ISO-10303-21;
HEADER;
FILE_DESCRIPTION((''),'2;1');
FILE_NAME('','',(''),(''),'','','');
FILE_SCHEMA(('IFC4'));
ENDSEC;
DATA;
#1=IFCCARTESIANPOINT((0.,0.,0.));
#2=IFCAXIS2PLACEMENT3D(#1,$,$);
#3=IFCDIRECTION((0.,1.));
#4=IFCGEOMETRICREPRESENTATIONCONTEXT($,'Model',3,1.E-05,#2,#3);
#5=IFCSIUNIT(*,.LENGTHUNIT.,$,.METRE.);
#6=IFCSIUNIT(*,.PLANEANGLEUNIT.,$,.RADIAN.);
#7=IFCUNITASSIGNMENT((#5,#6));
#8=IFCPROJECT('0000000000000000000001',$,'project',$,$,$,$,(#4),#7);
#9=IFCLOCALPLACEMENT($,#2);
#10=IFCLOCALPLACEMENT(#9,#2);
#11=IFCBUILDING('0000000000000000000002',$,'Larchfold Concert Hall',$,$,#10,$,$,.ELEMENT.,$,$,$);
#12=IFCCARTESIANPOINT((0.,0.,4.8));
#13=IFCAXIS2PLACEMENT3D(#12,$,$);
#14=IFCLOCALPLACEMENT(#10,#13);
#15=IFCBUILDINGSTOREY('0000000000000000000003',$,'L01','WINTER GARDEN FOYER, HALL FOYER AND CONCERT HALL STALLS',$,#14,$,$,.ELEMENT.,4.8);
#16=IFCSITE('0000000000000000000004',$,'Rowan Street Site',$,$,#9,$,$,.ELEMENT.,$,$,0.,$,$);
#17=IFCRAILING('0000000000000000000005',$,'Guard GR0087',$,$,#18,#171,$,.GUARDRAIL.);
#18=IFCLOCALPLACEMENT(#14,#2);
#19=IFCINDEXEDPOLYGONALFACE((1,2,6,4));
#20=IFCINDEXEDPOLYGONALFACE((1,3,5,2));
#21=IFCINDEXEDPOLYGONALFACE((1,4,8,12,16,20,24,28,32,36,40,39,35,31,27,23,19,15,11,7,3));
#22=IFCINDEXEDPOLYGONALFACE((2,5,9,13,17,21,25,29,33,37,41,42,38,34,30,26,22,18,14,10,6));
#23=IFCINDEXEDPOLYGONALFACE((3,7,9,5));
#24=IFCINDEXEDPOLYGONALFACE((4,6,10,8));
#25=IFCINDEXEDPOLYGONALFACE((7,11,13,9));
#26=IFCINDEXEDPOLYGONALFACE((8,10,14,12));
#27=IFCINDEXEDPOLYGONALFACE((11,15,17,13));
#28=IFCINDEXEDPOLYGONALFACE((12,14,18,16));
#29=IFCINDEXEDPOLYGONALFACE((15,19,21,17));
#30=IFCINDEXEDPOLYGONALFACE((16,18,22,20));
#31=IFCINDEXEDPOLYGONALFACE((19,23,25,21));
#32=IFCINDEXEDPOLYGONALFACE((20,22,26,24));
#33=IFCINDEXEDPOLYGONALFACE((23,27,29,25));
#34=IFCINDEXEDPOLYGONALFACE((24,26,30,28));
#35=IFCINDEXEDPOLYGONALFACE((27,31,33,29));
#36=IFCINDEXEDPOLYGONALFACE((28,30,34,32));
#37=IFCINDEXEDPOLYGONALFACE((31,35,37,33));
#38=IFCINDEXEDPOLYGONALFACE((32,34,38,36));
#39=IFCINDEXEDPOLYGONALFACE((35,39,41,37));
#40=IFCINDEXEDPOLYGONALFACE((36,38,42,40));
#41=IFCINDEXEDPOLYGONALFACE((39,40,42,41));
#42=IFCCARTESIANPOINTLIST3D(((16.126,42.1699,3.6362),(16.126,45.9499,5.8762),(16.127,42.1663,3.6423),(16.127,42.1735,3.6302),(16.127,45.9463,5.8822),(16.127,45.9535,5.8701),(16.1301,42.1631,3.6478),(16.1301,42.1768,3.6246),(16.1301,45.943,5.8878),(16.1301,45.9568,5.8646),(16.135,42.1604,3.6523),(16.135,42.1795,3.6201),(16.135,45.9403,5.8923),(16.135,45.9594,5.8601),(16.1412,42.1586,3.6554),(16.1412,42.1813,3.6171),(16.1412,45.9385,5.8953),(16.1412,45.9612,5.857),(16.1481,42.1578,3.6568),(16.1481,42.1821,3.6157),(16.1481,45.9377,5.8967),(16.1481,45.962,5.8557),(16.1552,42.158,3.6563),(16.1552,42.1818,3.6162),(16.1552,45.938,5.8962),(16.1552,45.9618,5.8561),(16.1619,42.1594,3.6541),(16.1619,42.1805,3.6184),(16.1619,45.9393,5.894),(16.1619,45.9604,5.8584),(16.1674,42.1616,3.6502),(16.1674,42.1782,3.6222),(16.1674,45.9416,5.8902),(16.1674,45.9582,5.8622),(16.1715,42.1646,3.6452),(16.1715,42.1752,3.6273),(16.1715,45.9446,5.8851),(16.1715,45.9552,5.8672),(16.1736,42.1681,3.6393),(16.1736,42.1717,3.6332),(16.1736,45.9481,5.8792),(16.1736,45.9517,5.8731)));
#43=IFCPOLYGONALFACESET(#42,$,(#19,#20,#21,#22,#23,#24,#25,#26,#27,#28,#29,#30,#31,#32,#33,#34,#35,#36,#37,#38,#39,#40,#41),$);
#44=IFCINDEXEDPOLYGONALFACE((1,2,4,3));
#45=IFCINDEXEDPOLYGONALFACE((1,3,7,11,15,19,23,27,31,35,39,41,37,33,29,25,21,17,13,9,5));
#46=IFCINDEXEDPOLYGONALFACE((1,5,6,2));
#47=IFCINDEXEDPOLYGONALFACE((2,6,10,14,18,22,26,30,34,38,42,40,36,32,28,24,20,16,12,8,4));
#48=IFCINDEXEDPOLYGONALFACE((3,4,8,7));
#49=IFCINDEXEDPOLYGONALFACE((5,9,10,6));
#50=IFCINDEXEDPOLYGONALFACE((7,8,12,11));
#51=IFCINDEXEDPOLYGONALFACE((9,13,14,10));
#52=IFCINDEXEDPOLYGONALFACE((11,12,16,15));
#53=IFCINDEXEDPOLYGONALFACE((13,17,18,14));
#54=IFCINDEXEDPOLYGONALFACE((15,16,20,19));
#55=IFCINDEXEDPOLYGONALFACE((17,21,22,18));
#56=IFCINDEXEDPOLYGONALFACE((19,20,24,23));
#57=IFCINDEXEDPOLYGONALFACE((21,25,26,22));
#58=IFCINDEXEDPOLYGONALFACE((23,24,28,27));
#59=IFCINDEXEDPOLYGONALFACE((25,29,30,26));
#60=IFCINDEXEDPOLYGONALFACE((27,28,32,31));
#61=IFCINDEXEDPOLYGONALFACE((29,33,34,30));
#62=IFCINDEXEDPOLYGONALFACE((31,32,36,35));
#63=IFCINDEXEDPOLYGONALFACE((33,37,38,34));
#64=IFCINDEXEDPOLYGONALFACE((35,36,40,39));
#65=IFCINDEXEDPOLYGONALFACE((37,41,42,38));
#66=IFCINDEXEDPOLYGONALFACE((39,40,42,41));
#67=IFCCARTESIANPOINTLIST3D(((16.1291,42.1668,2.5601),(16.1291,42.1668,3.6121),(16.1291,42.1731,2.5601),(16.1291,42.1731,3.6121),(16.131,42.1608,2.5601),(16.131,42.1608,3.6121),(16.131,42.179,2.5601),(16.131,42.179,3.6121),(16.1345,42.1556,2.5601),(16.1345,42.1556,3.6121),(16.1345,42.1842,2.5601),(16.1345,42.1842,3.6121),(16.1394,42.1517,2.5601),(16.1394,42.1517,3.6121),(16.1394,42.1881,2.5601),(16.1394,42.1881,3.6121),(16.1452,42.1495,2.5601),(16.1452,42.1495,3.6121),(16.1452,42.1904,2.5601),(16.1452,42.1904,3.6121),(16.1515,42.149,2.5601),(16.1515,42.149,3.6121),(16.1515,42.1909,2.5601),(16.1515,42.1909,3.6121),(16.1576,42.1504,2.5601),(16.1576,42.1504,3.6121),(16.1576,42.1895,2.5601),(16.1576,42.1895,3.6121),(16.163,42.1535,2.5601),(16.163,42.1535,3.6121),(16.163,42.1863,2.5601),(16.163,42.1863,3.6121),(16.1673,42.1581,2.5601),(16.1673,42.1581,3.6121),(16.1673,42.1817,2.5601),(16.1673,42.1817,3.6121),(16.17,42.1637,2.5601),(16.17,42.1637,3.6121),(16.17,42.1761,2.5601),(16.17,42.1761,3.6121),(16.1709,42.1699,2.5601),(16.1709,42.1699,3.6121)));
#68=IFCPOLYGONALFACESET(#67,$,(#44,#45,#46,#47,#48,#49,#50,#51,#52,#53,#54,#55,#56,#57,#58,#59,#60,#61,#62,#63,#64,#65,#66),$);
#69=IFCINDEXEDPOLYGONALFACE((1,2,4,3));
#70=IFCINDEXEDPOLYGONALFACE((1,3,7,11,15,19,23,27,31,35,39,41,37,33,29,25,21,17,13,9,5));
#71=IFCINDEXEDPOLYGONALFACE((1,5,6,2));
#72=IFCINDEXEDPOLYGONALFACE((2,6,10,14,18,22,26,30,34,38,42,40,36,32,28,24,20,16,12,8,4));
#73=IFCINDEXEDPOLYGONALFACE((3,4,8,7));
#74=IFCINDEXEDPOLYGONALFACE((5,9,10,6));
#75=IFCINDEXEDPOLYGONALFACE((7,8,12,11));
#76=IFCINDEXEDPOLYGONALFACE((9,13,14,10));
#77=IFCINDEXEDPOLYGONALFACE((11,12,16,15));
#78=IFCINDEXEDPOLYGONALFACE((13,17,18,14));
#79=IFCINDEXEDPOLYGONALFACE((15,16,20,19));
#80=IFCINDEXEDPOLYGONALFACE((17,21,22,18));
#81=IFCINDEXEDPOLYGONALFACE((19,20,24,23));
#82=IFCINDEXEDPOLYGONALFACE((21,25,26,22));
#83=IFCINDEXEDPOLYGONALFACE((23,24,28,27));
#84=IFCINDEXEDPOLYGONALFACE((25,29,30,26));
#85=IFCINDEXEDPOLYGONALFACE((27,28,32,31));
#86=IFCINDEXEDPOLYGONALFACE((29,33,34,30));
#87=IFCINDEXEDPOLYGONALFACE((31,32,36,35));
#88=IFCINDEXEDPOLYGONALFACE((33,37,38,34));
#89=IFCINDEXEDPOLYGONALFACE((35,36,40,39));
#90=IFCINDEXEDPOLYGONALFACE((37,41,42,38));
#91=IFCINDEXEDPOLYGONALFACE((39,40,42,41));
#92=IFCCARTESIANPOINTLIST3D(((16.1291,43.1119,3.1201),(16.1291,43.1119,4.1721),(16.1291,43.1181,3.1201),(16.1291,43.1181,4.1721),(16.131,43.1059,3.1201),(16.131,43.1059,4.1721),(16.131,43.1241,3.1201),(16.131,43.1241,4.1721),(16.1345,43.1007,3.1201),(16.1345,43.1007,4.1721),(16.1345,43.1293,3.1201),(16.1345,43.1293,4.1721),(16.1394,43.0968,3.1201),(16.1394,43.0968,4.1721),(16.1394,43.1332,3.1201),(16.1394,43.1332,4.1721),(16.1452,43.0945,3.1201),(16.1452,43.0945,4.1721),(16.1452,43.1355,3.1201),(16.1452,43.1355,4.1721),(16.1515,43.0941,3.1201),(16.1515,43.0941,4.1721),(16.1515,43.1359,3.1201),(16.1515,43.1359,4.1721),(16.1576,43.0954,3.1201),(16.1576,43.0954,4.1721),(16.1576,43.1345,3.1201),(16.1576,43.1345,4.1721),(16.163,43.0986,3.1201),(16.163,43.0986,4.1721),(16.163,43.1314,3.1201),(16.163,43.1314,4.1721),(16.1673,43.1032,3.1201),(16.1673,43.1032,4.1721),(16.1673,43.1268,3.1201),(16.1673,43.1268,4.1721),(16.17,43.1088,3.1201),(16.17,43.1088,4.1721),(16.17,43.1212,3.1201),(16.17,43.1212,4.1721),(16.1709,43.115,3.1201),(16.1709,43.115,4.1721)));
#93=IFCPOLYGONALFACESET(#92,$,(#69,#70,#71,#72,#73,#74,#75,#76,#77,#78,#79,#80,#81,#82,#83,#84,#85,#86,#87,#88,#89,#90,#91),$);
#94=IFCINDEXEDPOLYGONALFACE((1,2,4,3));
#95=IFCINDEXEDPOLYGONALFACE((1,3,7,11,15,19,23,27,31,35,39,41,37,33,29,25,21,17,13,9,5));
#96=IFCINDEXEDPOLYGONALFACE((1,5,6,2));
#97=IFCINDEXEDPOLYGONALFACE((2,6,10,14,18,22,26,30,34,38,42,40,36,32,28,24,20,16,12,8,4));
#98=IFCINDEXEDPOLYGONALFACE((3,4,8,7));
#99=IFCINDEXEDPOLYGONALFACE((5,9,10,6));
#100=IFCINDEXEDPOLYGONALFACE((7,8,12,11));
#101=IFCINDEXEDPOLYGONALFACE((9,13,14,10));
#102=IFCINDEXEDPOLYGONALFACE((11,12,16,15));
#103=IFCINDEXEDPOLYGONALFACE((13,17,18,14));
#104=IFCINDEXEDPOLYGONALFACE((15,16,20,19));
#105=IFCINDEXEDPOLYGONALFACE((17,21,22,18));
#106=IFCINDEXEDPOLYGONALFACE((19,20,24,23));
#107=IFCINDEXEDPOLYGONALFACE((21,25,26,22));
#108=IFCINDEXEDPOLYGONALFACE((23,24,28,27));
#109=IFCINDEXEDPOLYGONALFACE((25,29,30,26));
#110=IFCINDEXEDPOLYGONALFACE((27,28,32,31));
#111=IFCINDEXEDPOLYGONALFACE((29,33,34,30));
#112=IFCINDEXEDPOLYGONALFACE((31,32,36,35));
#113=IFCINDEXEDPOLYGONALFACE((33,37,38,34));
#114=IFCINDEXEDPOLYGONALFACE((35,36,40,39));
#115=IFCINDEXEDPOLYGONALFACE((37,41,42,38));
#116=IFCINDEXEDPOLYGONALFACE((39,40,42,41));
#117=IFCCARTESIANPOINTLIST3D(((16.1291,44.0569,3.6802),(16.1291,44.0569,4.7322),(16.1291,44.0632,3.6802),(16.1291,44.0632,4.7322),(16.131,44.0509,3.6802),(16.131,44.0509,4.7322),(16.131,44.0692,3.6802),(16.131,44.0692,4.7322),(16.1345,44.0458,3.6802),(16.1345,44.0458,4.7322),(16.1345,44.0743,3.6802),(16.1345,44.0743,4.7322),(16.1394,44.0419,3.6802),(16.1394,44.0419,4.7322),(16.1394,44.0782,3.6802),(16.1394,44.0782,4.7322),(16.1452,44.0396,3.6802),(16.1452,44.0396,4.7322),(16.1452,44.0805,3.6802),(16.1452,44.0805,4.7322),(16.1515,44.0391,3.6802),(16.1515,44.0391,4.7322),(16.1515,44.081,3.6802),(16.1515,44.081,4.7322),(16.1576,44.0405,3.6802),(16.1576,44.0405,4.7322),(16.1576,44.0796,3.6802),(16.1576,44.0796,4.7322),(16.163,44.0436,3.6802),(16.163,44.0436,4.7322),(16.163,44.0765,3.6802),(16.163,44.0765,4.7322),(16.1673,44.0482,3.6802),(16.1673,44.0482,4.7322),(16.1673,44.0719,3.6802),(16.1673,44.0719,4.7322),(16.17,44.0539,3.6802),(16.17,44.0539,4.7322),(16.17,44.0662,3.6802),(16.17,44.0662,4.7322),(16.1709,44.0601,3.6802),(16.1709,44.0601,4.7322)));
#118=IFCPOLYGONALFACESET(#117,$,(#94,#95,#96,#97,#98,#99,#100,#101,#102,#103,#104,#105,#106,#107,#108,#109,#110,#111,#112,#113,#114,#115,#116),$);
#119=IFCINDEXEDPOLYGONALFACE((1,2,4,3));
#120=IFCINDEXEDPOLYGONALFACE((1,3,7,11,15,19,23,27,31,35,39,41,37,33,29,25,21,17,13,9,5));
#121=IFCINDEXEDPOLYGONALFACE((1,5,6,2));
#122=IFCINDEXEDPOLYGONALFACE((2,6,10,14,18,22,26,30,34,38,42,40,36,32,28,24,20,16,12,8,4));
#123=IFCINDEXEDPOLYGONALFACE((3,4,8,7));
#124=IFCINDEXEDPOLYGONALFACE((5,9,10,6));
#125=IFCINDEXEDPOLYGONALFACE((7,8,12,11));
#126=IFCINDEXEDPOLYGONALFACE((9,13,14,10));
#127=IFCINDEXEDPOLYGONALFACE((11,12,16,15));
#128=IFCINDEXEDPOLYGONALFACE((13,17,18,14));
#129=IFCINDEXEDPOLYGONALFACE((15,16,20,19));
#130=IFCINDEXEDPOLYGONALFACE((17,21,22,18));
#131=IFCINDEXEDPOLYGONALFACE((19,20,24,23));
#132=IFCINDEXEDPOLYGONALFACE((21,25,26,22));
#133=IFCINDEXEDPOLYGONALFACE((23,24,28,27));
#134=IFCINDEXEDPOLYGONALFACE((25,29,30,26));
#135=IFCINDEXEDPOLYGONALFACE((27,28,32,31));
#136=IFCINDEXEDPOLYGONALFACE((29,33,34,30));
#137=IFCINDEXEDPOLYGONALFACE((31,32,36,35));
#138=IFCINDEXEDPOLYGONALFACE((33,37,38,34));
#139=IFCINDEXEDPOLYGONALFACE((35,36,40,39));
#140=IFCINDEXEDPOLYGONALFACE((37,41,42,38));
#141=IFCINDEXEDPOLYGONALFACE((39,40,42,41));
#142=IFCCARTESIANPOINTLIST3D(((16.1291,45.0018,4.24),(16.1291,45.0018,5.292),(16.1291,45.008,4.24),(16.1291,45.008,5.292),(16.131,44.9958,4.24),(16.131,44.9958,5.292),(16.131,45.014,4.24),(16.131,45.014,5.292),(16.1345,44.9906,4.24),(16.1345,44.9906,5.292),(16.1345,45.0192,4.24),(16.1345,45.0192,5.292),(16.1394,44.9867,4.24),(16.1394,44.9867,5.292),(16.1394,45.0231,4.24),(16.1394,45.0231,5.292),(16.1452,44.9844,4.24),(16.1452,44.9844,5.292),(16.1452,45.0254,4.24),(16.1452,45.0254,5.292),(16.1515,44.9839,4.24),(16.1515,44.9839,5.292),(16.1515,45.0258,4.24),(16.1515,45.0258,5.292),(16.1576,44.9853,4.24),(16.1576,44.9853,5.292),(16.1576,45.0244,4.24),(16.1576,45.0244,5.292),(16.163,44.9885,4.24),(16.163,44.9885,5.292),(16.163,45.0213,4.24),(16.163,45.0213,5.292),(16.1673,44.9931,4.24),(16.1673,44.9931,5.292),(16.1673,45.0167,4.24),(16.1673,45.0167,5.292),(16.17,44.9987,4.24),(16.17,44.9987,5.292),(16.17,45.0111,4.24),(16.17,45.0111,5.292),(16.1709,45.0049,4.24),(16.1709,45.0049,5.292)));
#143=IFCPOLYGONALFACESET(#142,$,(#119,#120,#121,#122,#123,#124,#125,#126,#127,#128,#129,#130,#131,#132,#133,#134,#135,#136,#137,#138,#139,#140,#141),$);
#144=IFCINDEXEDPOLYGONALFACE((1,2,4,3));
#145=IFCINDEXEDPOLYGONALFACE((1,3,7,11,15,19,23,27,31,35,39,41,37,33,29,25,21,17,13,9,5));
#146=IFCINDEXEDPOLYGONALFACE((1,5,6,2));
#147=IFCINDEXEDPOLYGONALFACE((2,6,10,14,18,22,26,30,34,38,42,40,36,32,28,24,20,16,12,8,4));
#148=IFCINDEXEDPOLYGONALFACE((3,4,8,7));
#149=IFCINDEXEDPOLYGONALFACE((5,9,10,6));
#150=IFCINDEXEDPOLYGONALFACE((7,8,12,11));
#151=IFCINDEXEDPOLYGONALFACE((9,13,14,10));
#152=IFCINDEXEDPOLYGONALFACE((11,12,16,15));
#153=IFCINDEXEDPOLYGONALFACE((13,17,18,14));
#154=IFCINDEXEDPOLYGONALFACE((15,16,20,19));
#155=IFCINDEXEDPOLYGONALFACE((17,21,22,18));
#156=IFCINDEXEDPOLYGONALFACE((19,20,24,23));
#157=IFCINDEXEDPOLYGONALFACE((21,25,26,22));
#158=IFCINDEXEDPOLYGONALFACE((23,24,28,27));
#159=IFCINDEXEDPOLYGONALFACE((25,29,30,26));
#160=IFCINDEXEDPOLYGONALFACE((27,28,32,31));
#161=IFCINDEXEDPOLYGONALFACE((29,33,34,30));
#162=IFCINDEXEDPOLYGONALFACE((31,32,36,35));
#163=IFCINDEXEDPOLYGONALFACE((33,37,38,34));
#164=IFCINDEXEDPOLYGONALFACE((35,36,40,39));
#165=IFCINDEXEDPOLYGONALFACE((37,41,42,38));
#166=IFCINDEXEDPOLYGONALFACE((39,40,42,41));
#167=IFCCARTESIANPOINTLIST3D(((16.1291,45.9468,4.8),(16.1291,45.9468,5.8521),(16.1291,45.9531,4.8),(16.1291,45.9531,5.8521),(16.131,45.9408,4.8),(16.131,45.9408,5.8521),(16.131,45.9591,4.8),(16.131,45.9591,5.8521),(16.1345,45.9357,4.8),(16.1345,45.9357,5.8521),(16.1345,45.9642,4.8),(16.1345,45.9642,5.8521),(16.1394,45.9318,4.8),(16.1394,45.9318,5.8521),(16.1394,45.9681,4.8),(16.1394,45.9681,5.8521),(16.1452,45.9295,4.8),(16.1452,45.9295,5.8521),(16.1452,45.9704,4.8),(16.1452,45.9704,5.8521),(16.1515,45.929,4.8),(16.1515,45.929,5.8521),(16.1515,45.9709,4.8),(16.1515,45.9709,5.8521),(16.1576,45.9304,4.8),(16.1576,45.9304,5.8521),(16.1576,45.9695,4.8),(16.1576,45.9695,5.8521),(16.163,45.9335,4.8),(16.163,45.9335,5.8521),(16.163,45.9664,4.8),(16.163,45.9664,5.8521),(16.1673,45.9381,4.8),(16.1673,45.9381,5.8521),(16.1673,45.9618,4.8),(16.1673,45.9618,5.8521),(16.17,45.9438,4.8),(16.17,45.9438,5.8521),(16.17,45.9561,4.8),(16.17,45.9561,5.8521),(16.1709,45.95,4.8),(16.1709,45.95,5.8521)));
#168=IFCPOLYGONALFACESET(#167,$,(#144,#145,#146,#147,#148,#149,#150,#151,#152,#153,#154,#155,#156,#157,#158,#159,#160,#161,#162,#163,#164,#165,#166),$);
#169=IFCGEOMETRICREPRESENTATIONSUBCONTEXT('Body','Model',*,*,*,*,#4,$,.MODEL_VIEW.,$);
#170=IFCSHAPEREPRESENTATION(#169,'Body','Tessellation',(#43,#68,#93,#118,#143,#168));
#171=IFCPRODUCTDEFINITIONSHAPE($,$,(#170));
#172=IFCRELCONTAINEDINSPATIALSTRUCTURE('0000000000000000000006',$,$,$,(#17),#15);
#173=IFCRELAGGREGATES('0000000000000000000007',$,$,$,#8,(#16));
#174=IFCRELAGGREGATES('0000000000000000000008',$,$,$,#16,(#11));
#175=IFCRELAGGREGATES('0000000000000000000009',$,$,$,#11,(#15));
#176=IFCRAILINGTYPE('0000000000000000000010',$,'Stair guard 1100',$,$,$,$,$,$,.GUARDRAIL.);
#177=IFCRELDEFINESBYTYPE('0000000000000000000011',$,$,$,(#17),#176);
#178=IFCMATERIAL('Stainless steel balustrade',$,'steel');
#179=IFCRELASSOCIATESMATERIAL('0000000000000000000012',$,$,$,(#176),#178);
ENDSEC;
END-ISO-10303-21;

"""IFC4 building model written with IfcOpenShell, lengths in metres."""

from ifc_helpers import new_model, si_unit, direction, frame, origin, origin_2d, place, context, subcontext, project, spatial, circle, extrude, material, type_object, element, save


model = new_model("IFC4")

# Units and contexts
model_context = context("Model", 3, precision=1e-05, world=origin(), true_north=direction((0.0, 1.0)))
body_context = subcontext(model_context, "Body", "Model", "MODEL_VIEW")
ifc_project = project(units=[si_unit("LENGTHUNIT", "METRE"), si_unit("PLANEANGLEUNIT", "RADIAN")], contexts=[model_context])

# Site, building, storey
site_placement = place(None, origin())
site = spatial("IfcSite", under=ifc_project, at=site_placement, Name="Rowan Street Site", CompositionType="ELEMENT", RefElevation=0.0)
building_placement = place(site_placement, origin())
building = spatial("IfcBuilding", under=site, at=building_placement, Name="Larchfold Concert Hall", CompositionType="ELEMENT")
storey_placement = place(building_placement, frame((0.0, 0.0, 4.8)))
storey = spatial("IfcBuildingStorey", under=building, at=storey_placement, Name="L01", Description="WINTER GARDEN FOYER, HALL FOYER AND CONCERT HALL STALLS", CompositionType="ELEMENT", Elevation=4.8)

# Railing
ifc_material_1 = material(Name="Stainless steel balustrade", Category="steel")
railing_type_1 = type_object("IfcRailingType", Name="Stair guard 1100", PredefinedType="GUARDRAIL", material=ifc_material_1)
railing_1_placement = place(storey_placement, frame((16.1499, 42.1699, 2.5601)))
element("IfcRailing", 1, at=railing_1_placement, inside=storey, type_object=railing_type_1, Name="Guard GR0087", PredefinedType="GUARDRAIL", context=body_context, shape_type="SweptSolid", body=[
    extrude(circle(Radius=0.0239, at=origin_2d()), frame((0.0, 0.0, 1.0762), z_axis=(0.0, 0.860294, 0.509798), x_axis=(-1.0, 0.0, 0.0)), (0.0, 0.0, 1.0), 4.3938),
    extrude(circle(Radius=0.021, at=origin_2d()), origin(), (0.0, 0.0, 1.0), 1.052),
    extrude(circle(Radius=0.021, at=origin_2d()), frame((0.0, 0.9451, 0.5601)), (0.0, 0.0, 1.0), 1.052),
    extrude(circle(Radius=0.021, at=origin_2d()), frame((0.0, 1.8901, 1.1201)), (0.0, 0.0, 1.0), 1.052),
    extrude(circle(Radius=0.021, at=origin_2d()), frame((0.0, 2.835, 1.6799)), (0.0, 0.0, 1.0), 1.052),
    extrude(circle(Radius=0.021, at=origin_2d()), frame((0.0, 3.78, 2.24)), (0.0, 0.0, 1.0), 1.052),
])

save(model, "model.ifc")
